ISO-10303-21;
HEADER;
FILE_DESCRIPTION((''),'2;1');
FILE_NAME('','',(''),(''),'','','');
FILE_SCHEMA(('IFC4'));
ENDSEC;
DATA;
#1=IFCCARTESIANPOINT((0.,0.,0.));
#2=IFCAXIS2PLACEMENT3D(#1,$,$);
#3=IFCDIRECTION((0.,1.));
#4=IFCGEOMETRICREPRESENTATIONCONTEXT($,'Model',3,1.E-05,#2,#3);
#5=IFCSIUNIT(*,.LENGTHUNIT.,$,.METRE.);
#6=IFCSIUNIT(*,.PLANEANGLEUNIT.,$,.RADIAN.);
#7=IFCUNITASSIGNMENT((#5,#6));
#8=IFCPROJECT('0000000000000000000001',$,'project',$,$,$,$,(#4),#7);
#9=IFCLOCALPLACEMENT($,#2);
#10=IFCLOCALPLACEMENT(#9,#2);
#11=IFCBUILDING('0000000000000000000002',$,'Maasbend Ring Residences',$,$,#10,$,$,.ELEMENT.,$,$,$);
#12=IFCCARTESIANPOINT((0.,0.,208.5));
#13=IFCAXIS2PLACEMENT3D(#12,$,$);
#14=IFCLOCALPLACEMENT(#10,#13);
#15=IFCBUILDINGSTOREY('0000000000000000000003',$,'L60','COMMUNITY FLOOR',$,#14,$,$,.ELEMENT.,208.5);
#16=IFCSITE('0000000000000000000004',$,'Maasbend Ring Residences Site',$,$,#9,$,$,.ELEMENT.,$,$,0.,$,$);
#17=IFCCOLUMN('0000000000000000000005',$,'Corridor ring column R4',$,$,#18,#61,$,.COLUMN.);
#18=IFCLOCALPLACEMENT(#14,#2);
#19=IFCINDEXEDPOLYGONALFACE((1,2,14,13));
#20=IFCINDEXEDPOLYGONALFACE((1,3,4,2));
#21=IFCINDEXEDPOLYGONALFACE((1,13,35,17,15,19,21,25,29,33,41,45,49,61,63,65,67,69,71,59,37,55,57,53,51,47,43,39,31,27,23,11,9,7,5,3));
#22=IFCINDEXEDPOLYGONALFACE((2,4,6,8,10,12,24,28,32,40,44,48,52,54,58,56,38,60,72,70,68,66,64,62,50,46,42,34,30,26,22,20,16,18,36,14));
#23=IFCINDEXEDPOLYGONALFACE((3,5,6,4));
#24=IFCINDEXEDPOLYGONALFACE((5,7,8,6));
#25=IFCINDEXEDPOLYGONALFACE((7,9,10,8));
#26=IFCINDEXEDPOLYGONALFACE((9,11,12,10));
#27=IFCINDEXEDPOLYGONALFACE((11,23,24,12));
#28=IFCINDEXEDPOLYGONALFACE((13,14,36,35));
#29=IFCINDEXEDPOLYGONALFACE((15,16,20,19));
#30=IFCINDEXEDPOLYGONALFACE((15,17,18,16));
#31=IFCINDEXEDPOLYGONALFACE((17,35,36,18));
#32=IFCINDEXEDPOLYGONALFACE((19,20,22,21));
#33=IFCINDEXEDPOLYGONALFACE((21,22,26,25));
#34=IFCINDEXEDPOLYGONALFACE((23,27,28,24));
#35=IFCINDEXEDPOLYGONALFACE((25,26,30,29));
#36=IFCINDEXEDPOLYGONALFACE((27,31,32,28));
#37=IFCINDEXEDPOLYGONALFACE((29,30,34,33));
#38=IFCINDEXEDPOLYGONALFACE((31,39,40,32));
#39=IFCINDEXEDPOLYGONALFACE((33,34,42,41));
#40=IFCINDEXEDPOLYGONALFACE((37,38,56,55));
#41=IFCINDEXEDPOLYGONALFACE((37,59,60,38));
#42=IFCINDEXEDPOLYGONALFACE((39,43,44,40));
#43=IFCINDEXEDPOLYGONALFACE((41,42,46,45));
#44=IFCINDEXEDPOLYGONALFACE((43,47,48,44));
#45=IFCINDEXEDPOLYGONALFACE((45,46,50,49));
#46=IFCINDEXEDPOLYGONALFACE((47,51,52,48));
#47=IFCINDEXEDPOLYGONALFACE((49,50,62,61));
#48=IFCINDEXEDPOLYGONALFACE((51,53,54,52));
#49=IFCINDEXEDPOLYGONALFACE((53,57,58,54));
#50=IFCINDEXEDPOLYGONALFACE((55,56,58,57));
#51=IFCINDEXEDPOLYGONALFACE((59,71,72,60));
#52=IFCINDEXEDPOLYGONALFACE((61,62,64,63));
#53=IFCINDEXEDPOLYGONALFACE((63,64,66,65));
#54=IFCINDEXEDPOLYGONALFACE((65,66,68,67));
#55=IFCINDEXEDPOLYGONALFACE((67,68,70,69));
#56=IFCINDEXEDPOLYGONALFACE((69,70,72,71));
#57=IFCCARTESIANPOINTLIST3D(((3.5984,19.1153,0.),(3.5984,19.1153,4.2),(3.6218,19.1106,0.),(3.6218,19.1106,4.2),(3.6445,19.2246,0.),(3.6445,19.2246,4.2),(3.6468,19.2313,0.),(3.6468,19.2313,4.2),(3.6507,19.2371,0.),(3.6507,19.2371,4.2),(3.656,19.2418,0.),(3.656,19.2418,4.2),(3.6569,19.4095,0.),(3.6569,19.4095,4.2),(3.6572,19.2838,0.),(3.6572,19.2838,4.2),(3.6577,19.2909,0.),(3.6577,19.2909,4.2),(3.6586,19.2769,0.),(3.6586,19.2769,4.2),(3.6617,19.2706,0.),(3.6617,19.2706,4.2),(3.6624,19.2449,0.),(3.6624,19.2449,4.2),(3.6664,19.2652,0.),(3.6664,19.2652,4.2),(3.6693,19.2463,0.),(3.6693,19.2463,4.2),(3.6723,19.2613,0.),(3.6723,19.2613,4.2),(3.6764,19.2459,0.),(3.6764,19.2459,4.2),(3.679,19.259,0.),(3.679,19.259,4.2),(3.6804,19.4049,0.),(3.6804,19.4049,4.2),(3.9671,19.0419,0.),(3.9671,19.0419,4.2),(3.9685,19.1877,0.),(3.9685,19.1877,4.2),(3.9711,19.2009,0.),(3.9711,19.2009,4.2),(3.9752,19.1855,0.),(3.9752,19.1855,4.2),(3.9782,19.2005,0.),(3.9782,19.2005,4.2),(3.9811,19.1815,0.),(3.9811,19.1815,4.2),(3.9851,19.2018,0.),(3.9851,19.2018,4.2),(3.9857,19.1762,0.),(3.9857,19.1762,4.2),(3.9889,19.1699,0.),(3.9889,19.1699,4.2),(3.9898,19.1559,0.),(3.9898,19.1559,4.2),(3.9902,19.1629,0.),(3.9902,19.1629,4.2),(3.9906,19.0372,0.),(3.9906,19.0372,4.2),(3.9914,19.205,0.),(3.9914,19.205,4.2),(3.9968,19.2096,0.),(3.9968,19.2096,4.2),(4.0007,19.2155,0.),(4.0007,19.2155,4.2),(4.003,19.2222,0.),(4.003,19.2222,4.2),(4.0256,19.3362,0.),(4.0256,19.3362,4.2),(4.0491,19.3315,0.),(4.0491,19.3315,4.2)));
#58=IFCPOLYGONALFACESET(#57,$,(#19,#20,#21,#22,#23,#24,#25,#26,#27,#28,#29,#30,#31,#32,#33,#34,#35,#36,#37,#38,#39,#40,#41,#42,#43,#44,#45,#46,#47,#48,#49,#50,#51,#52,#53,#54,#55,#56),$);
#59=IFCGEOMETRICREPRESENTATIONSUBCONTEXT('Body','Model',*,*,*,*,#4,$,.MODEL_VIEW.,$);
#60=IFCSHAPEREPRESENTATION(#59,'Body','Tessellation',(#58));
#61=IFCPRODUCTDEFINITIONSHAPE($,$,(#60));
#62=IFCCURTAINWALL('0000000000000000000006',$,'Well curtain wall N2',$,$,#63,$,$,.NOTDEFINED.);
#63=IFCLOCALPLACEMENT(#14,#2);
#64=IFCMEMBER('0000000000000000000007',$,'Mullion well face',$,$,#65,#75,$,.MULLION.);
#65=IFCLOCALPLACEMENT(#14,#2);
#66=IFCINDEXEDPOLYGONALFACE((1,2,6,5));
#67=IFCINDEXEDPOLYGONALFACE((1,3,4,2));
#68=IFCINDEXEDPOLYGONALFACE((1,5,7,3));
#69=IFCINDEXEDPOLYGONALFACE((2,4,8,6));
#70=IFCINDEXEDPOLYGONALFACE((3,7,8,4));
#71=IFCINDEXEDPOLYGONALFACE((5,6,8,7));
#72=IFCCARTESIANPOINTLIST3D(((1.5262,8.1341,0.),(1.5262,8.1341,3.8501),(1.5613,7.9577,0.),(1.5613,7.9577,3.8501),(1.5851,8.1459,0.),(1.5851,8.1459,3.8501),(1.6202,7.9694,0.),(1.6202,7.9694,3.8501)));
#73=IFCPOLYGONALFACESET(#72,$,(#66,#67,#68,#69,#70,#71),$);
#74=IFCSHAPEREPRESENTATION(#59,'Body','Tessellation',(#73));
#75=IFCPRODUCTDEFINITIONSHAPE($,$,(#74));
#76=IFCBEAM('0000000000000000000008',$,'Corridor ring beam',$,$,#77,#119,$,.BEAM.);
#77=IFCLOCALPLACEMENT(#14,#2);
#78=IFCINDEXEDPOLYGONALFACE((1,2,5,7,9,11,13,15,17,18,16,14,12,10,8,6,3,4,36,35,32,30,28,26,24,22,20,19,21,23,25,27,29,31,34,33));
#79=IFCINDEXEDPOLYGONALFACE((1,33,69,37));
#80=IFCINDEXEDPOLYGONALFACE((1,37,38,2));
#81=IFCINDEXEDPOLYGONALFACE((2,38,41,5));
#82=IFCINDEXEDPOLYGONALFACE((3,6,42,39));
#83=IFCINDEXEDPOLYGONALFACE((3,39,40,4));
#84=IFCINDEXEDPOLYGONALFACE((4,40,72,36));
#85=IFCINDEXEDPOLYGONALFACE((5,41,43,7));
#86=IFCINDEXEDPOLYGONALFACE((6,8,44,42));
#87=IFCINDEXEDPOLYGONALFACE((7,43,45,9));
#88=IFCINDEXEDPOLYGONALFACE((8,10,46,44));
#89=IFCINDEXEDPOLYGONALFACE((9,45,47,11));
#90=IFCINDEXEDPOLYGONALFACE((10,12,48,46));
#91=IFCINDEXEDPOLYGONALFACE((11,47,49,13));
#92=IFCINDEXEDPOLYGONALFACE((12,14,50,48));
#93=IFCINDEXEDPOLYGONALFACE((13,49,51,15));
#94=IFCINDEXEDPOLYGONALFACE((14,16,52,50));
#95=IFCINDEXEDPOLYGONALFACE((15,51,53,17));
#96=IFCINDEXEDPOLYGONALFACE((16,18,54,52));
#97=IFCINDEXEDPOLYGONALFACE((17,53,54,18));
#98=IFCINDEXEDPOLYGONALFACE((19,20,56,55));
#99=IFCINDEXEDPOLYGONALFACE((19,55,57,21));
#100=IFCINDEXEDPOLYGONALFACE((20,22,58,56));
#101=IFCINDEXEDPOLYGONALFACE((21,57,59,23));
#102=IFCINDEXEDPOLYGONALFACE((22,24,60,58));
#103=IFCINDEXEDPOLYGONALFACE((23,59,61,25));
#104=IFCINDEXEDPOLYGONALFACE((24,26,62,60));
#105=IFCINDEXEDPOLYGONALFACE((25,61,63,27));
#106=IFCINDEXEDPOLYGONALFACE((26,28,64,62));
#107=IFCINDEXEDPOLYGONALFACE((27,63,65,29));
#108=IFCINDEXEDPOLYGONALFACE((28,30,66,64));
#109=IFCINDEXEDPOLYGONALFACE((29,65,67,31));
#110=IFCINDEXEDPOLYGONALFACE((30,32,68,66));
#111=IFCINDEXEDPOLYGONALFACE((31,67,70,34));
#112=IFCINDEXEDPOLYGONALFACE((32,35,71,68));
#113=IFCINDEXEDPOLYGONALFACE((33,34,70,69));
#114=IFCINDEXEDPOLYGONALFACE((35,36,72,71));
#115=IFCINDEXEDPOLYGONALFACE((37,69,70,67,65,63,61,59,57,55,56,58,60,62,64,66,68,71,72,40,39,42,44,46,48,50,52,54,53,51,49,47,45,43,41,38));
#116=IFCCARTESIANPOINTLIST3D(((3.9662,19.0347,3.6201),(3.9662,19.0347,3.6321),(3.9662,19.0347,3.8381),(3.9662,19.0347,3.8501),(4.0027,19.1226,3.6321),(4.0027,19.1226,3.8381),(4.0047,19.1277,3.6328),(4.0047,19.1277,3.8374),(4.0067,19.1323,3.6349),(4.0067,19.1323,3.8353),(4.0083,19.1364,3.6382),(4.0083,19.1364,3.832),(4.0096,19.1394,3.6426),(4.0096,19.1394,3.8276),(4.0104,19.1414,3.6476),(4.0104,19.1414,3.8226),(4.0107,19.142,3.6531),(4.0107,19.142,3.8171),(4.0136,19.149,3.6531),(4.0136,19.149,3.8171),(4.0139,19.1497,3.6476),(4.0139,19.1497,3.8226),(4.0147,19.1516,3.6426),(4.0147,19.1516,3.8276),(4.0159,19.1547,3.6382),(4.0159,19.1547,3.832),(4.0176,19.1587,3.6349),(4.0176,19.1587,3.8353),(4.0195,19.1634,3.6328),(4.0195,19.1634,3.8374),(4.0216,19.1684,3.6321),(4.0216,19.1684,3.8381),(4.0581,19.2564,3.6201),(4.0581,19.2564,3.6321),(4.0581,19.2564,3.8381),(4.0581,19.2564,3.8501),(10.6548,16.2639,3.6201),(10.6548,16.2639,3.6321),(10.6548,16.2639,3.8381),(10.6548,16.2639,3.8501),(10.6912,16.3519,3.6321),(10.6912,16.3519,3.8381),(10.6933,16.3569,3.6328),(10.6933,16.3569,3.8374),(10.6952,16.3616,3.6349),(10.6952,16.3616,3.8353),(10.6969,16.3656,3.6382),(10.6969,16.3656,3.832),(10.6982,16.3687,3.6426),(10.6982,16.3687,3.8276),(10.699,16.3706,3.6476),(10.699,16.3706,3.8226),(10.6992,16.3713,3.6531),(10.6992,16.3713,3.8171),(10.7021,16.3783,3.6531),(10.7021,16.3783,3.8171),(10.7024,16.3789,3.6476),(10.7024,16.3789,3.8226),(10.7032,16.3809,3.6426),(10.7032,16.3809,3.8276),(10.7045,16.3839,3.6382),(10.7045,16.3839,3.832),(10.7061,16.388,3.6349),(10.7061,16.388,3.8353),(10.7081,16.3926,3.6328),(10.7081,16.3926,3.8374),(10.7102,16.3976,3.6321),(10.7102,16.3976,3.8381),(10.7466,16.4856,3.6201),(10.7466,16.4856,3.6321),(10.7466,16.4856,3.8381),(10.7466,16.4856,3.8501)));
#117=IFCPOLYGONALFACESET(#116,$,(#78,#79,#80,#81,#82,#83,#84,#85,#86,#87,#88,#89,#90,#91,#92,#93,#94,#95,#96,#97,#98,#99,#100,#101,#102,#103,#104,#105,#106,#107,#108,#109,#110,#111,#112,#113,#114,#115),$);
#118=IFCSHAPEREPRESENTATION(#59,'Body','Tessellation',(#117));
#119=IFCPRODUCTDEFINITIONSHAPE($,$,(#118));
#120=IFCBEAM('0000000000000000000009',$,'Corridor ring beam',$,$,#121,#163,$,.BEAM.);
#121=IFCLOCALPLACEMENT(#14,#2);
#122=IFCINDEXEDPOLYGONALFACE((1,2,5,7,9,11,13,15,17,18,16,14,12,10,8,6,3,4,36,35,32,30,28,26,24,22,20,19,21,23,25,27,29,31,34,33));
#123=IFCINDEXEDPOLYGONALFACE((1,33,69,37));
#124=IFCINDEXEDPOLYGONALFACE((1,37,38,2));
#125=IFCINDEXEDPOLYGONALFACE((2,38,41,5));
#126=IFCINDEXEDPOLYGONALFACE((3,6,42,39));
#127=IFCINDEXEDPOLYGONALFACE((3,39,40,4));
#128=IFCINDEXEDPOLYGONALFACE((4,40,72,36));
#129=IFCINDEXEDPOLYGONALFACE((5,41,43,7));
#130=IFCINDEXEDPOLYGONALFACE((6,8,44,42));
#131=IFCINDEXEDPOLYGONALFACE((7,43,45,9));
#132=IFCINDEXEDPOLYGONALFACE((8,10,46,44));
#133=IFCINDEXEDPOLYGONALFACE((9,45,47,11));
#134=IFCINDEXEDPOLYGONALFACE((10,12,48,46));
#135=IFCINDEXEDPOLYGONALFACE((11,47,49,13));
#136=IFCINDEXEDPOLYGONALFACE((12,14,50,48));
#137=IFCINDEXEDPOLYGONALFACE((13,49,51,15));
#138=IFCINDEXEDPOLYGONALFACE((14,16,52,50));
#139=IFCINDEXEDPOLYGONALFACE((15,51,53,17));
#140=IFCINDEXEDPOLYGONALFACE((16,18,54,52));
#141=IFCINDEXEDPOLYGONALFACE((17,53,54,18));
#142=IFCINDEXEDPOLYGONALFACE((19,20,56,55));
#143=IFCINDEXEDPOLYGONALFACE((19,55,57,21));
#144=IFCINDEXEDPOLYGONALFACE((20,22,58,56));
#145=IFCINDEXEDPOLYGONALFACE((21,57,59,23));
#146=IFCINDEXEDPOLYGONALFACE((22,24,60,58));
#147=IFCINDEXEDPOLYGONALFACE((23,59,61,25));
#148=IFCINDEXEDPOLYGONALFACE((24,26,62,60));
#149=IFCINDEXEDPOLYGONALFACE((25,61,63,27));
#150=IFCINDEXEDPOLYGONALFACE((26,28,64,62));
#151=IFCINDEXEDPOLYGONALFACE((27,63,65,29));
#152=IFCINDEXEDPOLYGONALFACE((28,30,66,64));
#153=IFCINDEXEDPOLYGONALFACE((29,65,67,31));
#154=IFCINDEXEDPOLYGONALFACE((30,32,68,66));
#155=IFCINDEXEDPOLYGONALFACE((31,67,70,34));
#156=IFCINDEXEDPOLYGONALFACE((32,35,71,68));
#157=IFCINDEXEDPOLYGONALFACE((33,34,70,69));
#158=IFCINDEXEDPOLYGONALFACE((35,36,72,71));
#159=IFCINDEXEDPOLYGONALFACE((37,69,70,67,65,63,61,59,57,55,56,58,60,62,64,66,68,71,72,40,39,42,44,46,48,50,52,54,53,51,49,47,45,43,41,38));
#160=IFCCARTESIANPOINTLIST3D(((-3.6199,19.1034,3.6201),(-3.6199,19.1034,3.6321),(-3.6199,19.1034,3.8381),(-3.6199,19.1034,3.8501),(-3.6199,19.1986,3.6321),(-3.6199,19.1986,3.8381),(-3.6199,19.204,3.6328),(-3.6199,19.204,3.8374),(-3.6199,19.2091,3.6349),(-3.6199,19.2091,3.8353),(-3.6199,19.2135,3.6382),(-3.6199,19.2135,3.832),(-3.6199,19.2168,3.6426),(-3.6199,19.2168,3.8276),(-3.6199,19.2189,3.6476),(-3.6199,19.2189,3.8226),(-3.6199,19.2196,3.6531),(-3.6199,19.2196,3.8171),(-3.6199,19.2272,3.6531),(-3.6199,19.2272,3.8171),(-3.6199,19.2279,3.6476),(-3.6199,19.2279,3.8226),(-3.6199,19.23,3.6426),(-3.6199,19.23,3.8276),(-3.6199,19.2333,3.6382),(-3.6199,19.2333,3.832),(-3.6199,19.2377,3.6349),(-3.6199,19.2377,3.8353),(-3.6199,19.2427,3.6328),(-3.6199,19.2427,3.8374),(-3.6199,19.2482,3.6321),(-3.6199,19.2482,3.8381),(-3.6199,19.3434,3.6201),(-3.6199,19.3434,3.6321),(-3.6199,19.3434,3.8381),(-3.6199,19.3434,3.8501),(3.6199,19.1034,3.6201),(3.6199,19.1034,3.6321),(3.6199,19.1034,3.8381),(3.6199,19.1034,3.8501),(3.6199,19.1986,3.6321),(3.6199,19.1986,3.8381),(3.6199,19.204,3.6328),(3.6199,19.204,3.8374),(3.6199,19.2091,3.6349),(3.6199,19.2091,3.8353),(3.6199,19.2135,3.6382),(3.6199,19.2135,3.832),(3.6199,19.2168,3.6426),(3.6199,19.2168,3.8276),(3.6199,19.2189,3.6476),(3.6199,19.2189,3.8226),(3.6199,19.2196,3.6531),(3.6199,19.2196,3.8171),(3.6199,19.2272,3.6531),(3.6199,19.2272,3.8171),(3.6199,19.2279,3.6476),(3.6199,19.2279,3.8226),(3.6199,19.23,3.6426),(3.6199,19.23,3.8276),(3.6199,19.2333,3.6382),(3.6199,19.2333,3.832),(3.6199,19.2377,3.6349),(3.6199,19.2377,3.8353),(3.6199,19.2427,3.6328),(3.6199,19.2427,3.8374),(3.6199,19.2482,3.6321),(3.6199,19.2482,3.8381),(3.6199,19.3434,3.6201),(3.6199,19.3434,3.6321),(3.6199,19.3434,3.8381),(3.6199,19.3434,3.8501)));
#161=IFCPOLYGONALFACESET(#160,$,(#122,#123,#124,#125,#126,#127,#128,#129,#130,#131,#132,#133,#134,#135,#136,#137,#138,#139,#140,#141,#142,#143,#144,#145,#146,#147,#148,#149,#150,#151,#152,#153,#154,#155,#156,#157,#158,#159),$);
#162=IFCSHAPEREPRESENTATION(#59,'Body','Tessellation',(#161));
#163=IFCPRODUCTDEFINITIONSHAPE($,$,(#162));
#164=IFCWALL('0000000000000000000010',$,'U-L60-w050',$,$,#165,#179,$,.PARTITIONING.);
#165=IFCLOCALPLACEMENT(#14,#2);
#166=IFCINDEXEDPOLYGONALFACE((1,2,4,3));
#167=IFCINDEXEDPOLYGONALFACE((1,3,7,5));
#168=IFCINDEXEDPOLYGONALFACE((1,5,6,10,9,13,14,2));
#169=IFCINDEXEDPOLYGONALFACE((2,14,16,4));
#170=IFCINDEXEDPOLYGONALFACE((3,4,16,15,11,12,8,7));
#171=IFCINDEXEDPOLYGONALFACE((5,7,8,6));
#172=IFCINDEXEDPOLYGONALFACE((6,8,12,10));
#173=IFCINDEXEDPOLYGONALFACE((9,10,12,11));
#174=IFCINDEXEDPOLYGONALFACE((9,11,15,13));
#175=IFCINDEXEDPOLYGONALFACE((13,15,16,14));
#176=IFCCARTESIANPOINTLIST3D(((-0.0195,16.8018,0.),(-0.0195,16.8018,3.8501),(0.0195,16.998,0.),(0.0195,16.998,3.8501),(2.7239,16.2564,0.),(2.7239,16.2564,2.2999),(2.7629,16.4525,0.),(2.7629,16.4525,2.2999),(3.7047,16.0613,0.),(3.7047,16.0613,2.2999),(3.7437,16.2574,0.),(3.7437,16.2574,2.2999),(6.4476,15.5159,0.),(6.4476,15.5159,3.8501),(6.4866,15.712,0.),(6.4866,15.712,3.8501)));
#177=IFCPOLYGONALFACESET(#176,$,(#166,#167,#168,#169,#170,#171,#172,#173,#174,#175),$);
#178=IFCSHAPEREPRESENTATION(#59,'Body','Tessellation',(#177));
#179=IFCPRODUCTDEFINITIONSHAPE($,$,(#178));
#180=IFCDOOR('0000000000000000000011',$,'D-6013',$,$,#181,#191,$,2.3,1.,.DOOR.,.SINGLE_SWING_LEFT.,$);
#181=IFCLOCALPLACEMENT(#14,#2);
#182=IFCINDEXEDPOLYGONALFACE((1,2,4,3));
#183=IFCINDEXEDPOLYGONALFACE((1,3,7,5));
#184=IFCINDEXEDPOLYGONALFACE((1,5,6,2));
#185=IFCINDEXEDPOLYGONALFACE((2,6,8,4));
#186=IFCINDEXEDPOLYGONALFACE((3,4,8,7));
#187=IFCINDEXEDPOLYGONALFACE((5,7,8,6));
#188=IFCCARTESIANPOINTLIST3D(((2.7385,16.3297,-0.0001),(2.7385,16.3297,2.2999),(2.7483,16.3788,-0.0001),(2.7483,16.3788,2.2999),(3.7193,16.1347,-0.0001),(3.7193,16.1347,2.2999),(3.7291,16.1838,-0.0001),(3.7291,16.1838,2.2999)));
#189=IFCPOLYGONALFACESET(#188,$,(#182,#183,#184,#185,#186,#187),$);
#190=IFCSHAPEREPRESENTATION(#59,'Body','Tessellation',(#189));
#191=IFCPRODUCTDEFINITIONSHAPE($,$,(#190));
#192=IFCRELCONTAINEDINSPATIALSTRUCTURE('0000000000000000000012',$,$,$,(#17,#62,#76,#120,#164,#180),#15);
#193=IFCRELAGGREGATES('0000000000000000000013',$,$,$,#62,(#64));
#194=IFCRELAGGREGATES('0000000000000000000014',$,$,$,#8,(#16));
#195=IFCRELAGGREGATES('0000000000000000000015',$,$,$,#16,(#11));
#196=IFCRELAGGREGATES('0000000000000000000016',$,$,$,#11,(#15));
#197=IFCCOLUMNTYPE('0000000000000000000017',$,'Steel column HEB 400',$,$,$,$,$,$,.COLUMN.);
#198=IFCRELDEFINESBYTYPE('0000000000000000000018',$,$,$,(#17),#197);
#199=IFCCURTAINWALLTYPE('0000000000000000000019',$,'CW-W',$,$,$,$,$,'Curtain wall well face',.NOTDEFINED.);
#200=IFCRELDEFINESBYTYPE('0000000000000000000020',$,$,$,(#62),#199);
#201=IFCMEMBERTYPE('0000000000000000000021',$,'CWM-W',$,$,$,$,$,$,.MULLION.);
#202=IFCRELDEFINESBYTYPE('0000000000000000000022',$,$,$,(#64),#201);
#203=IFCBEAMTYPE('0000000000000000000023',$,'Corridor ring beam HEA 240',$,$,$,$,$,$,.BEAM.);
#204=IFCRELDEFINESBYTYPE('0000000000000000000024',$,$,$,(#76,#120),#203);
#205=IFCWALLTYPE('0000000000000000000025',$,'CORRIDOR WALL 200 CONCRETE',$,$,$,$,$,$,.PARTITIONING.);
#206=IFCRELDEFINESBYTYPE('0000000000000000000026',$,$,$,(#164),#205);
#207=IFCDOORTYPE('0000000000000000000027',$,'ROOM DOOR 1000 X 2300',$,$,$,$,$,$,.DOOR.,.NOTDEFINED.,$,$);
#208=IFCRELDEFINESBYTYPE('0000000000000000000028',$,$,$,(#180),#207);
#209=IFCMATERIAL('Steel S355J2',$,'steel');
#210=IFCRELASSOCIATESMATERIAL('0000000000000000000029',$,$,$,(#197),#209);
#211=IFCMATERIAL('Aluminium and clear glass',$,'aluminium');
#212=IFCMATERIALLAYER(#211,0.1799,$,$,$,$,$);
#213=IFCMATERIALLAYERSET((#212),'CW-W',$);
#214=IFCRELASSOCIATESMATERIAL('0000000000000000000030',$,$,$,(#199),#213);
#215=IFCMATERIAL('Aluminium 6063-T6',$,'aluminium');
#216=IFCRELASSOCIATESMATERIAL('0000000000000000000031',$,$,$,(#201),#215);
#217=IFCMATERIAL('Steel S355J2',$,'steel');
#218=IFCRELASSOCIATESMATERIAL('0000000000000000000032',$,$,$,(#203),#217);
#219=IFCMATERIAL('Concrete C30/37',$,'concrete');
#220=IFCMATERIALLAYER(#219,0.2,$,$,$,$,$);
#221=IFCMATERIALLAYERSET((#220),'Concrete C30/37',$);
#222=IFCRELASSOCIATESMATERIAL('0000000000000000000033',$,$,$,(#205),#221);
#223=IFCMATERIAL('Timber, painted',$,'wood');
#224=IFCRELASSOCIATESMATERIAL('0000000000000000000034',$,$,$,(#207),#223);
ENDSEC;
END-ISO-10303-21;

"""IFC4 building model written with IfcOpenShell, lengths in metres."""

from ifc_helpers import new_model, si_unit, direction, frame, frame_2d, origin, origin_2d, place, context, subcontext, project, spatial, rectangle, i_section, extrude, material, layer, layer_set, material_profile, profile_set, type_object, element, fill, aggregate, save


model = new_model("IFC4")

# Units and contexts
model_context = context("Model", 3, precision=1e-05, world=origin(), true_north=direction((0.0, 1.0)))
body_context = subcontext(model_context, "Body", "Model", "MODEL_VIEW")
ifc_project = project(units=[si_unit("LENGTHUNIT", "METRE"), si_unit("PLANEANGLEUNIT", "RADIAN")], contexts=[model_context])

# Site, building, storey
site_placement = place(None, origin())
site = spatial("IfcSite", under=ifc_project, at=site_placement, Name="Maasbend Ring Residences Site", CompositionType="ELEMENT", RefElevation=0.0)
building_placement = place(site_placement, origin())
building = spatial("IfcBuilding", under=site, at=building_placement, Name="Maasbend Ring Residences", CompositionType="ELEMENT")
storey_placement = place(building_placement, frame((0.0, 0.0, 208.5)))
storey = spatial("IfcBuildingStorey", under=building, at=storey_placement, Name="L60", Description="COMMUNITY FLOOR", CompositionType="ELEMENT", Elevation=208.5)

# Column
ifc_material_1 = material(Name="Steel S355J2", Category="steel")
ifc_material_profile_1 = material_profile(ifc_material_1, i_section(OverallWidth=0.3, OverallDepth=0.3999, WebThickness=0.0134, FlangeThickness=0.0239, FilletRadius=0.0271, at=origin_2d()), Name="HEB 400")
ifc_profile_set_1 = profile_set([ifc_material_profile_1], Name="Steel S355J2")
column_type = type_object("IfcColumnType", Name="Steel column HEB 400", PredefinedType="COLUMN", material=ifc_profile_set_1)
column_placement = place(storey_placement, frame((3.8237, 19.2234, 0.0), z_axis=(0.0, 0.0, 1.0), x_axis=(0.19509, 0.980785, 0.0)))
element("IfcColumn", 1, at=column_placement, inside=storey, type_object=column_type, Name="Corridor ring column R4", PredefinedType="COLUMN", context=body_context, shape_type="SweptSolid", body=[
    extrude(i_section(OverallWidth=0.3, OverallDepth=0.3999, WebThickness=0.0134, FlangeThickness=0.0239, FilletRadius=0.0271, at=origin_2d()), origin(), (0.0, 0.0, 1.0), 4.2),
])

# Curtain wall, member
ifc_material_2 = material(Name="Aluminium and clear glass", Category="aluminium")
ifc_layer_1 = layer(ifc_material_2, 0.1799)
ifc_layer_set_1 = layer_set([ifc_layer_1], Name="CW-W")
curtain_wall_type = type_object("IfcCurtainWallType", Name="CW-W", ElementType="Curtain wall well face", PredefinedType="NOTDEFINED", material=ifc_layer_set_1)
curtain_wall_placement = place(storey_placement, origin())
curtain_wall = element("IfcCurtainWall", 2, at=curtain_wall_placement, inside=storey, type_object=curtain_wall_type, Name="Well curtain wall N2", PredefinedType="NOTDEFINED")
ifc_material_3 = material(Name="Aluminium 6063-T6", Category="aluminium")
ifc_material_profile_2 = material_profile(ifc_material_3, rectangle(XDim=0.1799, YDim=0.0601, at=origin_2d()), Name="AL 180x60")
ifc_profile_set_2 = profile_set([ifc_material_profile_2], Name="Aluminium 6063-T6")
member_type = type_object("IfcMemberType", Name="CWM-W", PredefinedType="MULLION", material=ifc_profile_set_2)
member_placement = place(storey_placement, frame((1.5732, 8.0518, 0.0), z_axis=(0.0, 0.0, 1.0), x_axis=(0.19509, -0.980785, 0.0)))
member = element("IfcMember", 3, at=member_placement, type_object=member_type, Name="Mullion well face", PredefinedType="MULLION", context=body_context, shape_type="SweptSolid", body=[
    extrude(rectangle(XDim=0.1799, YDim=0.0601, at=origin_2d()), origin(), (0.0, 0.0, 1.0), 3.8501),
])
aggregate(curtain_wall, [member])

# Beams
ifc_material_4 = material(Name="Steel S355J2", Category="steel")
ifc_material_profile_3 = material_profile(ifc_material_4, i_section(OverallWidth=0.24, OverallDepth=0.23, WebThickness=0.0076, FlangeThickness=0.012, FilletRadius=0.021, at=origin_2d()), Name="HEA 240")
ifc_profile_set_3 = profile_set([ifc_material_profile_3], Name="Steel S355J2")
beam_type = type_object("IfcBeamType", Name="Corridor ring beam HEA 240", PredefinedType="BEAM", material=ifc_profile_set_3)
for number, where, z_axis, x_axis, name in (
    (4, (10.7007, 16.3748, 3.7351), (-0.923865, 0.382718, 0.0), (-0.382718, -0.923865, 0.0), "Corridor ring beam"),
    (5, (3.6199, 19.2234, 3.7351), (-1.0, 0.0, 0.0), (0.0, -1.0, 0.0), "Corridor ring beam"),
):
    element("IfcBeam", number, at=place(storey_placement, frame(where, z_axis=z_axis, x_axis=x_axis)), inside=storey, type_object=beam_type, Name=name, PredefinedType="BEAM", context=body_context, shape_type="SweptSolid", body=[
        extrude(i_section(OverallWidth=0.24, OverallDepth=0.23, WebThickness=0.0076, FlangeThickness=0.012, FilletRadius=0.021, at=origin_2d()), origin(), (0.0, 0.0, 1.0), 7.2397),
    ])

# Wall, opening, door
ifc_material_5 = material(Name="Concrete C30/37", Category="concrete")
ifc_layer_2 = layer(ifc_material_5, 0.2)
ifc_layer_set_2 = layer_set([ifc_layer_2], Name="Concrete C30/37")
wall_type = type_object("IfcWallType", Name="CORRIDOR WALL 200 CONCRETE", PredefinedType="PARTITIONING", material=ifc_layer_set_2)
wall_1_placement = place(storey_placement, frame((0.0, 16.8999, 0.0), z_axis=(0.0, 0.0, 1.0), x_axis=(0.980799, -0.195019, 0.0)))
wall_1 = element("IfcWall", 6, at=wall_1_placement, inside=storey, type_object=wall_type, Name="U-L60-w050", PredefinedType="PARTITIONING", context=body_context, shape_type="SweptSolid", body=[
    extrude(rectangle(XDim=6.5938, YDim=0.2, at=frame_2d((3.2969, 0.0))), origin(), (0.0, 0.0, 1.0), 3.8501),
])
opening_1_placement = place(wall_1_placement, frame((2.7971, 0.0, 0.0)))
opening_1 = element("IfcOpeningElement", 7, at=opening_1_placement, cuts=wall_1, PredefinedType="OPENING", context=body_context, shape_type="SweptSolid", body=[
    extrude(rectangle(XDim=1.0, YDim=2.3, at=frame_2d((0.5, 1.1499))), frame((0.0, 0.1099, 0.0), z_axis=(0.0, -1.0, 0.0), x_axis=(1.0, 0.0, 0.0)), (0.0, 0.0, 1.0), 0.22),
])
ifc_material_6 = material(Name="Timber, painted", Category="wood")
door_type_1 = type_object("IfcDoorType", Name="ROOM DOOR 1000 X 2300", OperationType="NOTDEFINED", PredefinedType="DOOR", material=ifc_material_6)
door_1_placement = place(opening_1_placement, origin())
door_1 = element("IfcDoor", 8, at=door_1_placement, inside=storey, type_object=door_type_1, Name="D-6013", OperationType="SINGLE_SWING_LEFT", OverallHeight=2.3, OverallWidth=1.0, PredefinedType="DOOR", context=body_context, shape_type="SweptSolid", body=[
    extrude(rectangle(XDim=1.0, YDim=2.3, at=frame_2d((0.5, 1.1499))), frame((0.0, 0.0249, 0.0), z_axis=(0.0, -1.0, 0.0), x_axis=(1.0, 0.0, 0.0)), (0.0, 0.0, 1.0), 0.05),
])
fill(opening_1, door_1)

save(model, "model.ifc")
